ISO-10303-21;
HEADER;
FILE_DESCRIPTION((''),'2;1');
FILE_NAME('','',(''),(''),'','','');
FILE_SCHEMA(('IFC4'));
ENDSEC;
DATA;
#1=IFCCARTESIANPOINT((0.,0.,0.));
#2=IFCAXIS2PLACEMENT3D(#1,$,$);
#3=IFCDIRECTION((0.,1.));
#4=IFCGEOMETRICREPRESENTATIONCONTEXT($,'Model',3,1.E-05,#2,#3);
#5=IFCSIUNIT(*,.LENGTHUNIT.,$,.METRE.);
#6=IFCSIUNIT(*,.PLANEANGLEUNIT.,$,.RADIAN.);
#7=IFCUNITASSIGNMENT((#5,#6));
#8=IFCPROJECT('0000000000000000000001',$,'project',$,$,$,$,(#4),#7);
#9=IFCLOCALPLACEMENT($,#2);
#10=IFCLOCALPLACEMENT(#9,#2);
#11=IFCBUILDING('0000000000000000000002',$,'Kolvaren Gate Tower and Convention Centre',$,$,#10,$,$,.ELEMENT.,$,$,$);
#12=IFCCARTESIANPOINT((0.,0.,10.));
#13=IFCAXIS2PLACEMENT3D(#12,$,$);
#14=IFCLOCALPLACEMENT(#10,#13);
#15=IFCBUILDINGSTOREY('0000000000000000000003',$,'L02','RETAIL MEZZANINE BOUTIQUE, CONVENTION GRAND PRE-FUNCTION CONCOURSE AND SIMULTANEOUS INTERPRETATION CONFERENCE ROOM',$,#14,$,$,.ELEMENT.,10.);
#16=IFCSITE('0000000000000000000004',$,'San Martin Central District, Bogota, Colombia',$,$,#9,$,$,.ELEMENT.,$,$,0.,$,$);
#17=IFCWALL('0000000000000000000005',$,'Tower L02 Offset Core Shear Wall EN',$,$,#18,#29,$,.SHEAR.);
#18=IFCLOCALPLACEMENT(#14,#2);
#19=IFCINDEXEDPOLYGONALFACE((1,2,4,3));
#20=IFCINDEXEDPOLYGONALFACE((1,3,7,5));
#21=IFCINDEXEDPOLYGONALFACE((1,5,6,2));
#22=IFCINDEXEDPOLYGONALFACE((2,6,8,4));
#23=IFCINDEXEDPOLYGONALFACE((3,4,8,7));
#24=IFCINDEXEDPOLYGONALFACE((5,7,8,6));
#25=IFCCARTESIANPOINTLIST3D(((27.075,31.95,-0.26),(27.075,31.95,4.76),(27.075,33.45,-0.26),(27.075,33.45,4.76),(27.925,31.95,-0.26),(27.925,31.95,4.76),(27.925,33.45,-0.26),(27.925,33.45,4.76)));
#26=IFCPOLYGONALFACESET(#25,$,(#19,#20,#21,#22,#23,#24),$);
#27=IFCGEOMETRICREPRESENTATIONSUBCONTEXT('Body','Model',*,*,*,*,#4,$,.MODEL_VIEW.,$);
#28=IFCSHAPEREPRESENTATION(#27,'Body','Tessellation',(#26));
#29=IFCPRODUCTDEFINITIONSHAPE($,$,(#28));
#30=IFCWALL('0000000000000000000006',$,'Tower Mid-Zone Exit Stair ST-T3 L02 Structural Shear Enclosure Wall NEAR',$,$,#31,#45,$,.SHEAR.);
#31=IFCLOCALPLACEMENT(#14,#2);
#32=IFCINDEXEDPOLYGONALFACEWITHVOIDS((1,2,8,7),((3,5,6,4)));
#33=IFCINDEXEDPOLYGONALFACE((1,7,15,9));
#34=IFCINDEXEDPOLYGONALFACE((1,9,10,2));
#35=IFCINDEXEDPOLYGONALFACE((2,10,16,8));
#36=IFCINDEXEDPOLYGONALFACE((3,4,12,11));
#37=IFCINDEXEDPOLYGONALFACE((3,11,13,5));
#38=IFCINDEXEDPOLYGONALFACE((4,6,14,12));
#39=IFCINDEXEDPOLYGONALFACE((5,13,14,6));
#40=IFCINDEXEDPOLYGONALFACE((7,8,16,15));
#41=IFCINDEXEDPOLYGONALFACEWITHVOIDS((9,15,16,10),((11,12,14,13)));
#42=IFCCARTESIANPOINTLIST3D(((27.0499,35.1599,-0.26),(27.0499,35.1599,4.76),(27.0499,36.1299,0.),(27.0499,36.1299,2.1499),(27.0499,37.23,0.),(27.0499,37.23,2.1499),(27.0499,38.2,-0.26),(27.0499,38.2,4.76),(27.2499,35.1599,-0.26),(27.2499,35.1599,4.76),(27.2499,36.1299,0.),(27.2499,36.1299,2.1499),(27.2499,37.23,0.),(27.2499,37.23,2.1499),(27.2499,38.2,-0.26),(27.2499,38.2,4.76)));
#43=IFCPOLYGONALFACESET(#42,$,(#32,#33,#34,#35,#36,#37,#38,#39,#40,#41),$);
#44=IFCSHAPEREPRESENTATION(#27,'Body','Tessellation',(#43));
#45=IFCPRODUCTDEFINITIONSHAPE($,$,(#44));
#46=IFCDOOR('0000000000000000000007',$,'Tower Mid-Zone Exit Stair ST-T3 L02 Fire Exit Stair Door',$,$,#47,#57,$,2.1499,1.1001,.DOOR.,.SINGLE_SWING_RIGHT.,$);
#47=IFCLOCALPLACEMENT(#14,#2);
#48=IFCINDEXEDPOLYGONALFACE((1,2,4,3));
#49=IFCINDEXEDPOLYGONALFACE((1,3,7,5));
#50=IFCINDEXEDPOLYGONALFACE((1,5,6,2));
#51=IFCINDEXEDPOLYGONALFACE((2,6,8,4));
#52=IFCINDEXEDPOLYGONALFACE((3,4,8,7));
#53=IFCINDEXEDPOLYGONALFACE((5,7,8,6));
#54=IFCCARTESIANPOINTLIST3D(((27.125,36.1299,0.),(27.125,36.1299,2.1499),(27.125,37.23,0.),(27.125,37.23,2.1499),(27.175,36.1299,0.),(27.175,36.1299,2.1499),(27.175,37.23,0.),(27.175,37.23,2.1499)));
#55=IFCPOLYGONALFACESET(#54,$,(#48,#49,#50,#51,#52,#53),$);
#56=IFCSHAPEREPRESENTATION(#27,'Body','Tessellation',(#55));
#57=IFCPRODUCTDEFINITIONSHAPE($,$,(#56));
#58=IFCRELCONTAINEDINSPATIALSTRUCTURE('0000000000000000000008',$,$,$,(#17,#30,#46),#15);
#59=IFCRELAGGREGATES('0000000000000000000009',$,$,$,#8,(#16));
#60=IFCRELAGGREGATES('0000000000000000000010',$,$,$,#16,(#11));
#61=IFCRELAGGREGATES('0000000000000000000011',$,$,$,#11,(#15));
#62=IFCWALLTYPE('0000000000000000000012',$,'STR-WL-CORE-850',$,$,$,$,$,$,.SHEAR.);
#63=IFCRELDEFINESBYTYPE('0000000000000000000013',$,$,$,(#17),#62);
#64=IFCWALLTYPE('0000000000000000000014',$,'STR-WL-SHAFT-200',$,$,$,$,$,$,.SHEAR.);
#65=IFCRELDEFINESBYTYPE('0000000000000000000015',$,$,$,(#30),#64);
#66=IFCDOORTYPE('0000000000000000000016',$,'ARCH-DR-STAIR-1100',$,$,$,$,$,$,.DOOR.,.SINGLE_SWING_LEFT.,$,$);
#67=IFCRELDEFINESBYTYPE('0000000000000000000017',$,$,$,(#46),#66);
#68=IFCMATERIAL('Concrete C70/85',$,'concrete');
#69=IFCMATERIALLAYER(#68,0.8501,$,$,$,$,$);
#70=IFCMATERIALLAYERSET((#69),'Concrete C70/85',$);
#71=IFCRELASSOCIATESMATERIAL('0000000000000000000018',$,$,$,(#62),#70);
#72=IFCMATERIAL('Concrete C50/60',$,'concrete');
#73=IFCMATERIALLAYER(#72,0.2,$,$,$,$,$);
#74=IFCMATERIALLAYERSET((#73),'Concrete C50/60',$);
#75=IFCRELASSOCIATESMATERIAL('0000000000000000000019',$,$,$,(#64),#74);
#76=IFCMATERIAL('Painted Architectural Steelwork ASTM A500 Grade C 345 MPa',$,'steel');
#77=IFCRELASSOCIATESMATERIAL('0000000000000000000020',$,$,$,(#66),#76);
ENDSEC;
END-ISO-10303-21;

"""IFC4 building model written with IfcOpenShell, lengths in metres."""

from ifc_helpers import new_model, si_unit, direction, frame, frame_2d, origin, place, context, subcontext, project, spatial, rectangle, extrude, material, layer, layer_set, type_object, element, fill, save


model = new_model("IFC4")

# Units and contexts
model_context = context("Model", 3, precision=1e-05, world=origin(), true_north=direction((0.0, 1.0)))
body_context = subcontext(model_context, "Body", "Model", "MODEL_VIEW")
ifc_project = project(units=[si_unit("LENGTHUNIT", "METRE"), si_unit("PLANEANGLEUNIT", "RADIAN")], contexts=[model_context])

# Site, building, storey
site_placement = place(None, origin())
site = spatial("IfcSite", under=ifc_project, at=site_placement, Name="San Martin Central District, Bogota, Colombia", CompositionType="ELEMENT", RefElevation=0.0)
building_placement = place(site_placement, origin())
building = spatial("IfcBuilding", under=site, at=building_placement, Name="Kolvaren Gate Tower and Convention Centre", CompositionType="ELEMENT")
storey_placement = place(building_placement, frame((0.0, 0.0, 10.0)))
storey = spatial("IfcBuildingStorey", under=building, at=storey_placement, Name="L02", Description="RETAIL MEZZANINE BOUTIQUE, CONVENTION GRAND PRE-FUNCTION CONCOURSE AND SIMULTANEOUS INTERPRETATION CONFERENCE ROOM", CompositionType="ELEMENT", Elevation=10.0)

# Wall
ifc_material_1 = material(Name="Concrete C70/85", Category="concrete")
ifc_layer_1 = layer(ifc_material_1, 0.8501)
ifc_layer_set_1 = layer_set([ifc_layer_1], Name="Concrete C70/85")
wall_type_1 = type_object("IfcWallType", Name="STR-WL-CORE-850", PredefinedType="SHEAR", material=ifc_layer_set_1)
wall_1_placement = place(storey_placement, frame((27.5, 31.95, -0.26), z_axis=(0.0, 0.0, 1.0), x_axis=(0.0, 1.0, 0.0)))
element("IfcWall", 1, at=wall_1_placement, inside=storey, type_object=wall_type_1, Name="Tower L02 Offset Core Shear Wall EN", PredefinedType="SHEAR", context=body_context, shape_type="SweptSolid", body=[
    extrude(rectangle(XDim=1.5, YDim=0.8501, at=frame_2d((0.75, 0.0))), origin(), (0.0, 0.0, 1.0), 5.02),
])

# Wall, opening, door
ifc_material_2 = material(Name="Concrete C50/60", Category="concrete")
ifc_layer_2 = layer(ifc_material_2, 0.2)
ifc_layer_set_2 = layer_set([ifc_layer_2], Name="Concrete C50/60")
wall_type_2 = type_object("IfcWallType", Name="STR-WL-SHAFT-200", PredefinedType="SHEAR", material=ifc_layer_set_2)
wall_2_placement = place(storey_placement, frame((27.1499, 35.1599, -0.26), z_axis=(0.0, 0.0, 1.0), x_axis=(0.0, 1.0, 0.0)))
wall_2 = element("IfcWall", 2, at=wall_2_placement, inside=storey, type_object=wall_type_2, Name="Tower Mid-Zone Exit Stair ST-T3 L02 Structural Shear Enclosure Wall NEAR", PredefinedType="SHEAR", context=body_context, shape_type="SweptSolid", body=[
    extrude(rectangle(XDim=3.04, YDim=0.2, at=frame_2d((1.52, 0.0))), origin(), (0.0, 0.0, 1.0), 5.02),
])
opening_1_placement = place(wall_2_placement, frame((0.97, 0.0, 0.26)))
opening_1 = element("IfcOpeningElement", 3, at=opening_1_placement, cuts=wall_2, PredefinedType="OPENING", context=body_context, shape_type="SweptSolid", body=[
    extrude(rectangle(XDim=1.1001, YDim=2.1499, at=frame_2d((0.55, 1.075))), frame((0.0, 0.1099, 0.0), z_axis=(0.0, -1.0, 0.0), x_axis=(1.0, 0.0, 0.0)), (0.0, 0.0, 1.0), 0.22),
])
ifc_material_3 = material(Name="Painted Architectural Steelwork ASTM A500 Grade C 345 MPa", Category="steel")
door_type_1 = type_object("IfcDoorType", Name="ARCH-DR-STAIR-1100", OperationType="SINGLE_SWING_LEFT", PredefinedType="DOOR", material=ifc_material_3)
door_1_placement = place(opening_1_placement, origin())
door_1 = element("IfcDoor", 4, at=door_1_placement, inside=storey, type_object=door_type_1, Name="Tower Mid-Zone Exit Stair ST-T3 L02 Fire Exit Stair Door", OperationType="SINGLE_SWING_RIGHT", OverallHeight=2.1499, OverallWidth=1.1001, PredefinedType="DOOR", context=body_context, shape_type="SweptSolid", body=[
    extrude(rectangle(XDim=1.1001, YDim=2.1499, at=frame_2d((0.55, 1.075))), frame((0.0, 0.0249, 0.0), z_axis=(0.0, -1.0, 0.0), x_axis=(1.0, 0.0, 0.0)), (0.0, 0.0, 1.0), 0.05),
])
fill(opening_1, door_1)

save(model, "model.ifc")
